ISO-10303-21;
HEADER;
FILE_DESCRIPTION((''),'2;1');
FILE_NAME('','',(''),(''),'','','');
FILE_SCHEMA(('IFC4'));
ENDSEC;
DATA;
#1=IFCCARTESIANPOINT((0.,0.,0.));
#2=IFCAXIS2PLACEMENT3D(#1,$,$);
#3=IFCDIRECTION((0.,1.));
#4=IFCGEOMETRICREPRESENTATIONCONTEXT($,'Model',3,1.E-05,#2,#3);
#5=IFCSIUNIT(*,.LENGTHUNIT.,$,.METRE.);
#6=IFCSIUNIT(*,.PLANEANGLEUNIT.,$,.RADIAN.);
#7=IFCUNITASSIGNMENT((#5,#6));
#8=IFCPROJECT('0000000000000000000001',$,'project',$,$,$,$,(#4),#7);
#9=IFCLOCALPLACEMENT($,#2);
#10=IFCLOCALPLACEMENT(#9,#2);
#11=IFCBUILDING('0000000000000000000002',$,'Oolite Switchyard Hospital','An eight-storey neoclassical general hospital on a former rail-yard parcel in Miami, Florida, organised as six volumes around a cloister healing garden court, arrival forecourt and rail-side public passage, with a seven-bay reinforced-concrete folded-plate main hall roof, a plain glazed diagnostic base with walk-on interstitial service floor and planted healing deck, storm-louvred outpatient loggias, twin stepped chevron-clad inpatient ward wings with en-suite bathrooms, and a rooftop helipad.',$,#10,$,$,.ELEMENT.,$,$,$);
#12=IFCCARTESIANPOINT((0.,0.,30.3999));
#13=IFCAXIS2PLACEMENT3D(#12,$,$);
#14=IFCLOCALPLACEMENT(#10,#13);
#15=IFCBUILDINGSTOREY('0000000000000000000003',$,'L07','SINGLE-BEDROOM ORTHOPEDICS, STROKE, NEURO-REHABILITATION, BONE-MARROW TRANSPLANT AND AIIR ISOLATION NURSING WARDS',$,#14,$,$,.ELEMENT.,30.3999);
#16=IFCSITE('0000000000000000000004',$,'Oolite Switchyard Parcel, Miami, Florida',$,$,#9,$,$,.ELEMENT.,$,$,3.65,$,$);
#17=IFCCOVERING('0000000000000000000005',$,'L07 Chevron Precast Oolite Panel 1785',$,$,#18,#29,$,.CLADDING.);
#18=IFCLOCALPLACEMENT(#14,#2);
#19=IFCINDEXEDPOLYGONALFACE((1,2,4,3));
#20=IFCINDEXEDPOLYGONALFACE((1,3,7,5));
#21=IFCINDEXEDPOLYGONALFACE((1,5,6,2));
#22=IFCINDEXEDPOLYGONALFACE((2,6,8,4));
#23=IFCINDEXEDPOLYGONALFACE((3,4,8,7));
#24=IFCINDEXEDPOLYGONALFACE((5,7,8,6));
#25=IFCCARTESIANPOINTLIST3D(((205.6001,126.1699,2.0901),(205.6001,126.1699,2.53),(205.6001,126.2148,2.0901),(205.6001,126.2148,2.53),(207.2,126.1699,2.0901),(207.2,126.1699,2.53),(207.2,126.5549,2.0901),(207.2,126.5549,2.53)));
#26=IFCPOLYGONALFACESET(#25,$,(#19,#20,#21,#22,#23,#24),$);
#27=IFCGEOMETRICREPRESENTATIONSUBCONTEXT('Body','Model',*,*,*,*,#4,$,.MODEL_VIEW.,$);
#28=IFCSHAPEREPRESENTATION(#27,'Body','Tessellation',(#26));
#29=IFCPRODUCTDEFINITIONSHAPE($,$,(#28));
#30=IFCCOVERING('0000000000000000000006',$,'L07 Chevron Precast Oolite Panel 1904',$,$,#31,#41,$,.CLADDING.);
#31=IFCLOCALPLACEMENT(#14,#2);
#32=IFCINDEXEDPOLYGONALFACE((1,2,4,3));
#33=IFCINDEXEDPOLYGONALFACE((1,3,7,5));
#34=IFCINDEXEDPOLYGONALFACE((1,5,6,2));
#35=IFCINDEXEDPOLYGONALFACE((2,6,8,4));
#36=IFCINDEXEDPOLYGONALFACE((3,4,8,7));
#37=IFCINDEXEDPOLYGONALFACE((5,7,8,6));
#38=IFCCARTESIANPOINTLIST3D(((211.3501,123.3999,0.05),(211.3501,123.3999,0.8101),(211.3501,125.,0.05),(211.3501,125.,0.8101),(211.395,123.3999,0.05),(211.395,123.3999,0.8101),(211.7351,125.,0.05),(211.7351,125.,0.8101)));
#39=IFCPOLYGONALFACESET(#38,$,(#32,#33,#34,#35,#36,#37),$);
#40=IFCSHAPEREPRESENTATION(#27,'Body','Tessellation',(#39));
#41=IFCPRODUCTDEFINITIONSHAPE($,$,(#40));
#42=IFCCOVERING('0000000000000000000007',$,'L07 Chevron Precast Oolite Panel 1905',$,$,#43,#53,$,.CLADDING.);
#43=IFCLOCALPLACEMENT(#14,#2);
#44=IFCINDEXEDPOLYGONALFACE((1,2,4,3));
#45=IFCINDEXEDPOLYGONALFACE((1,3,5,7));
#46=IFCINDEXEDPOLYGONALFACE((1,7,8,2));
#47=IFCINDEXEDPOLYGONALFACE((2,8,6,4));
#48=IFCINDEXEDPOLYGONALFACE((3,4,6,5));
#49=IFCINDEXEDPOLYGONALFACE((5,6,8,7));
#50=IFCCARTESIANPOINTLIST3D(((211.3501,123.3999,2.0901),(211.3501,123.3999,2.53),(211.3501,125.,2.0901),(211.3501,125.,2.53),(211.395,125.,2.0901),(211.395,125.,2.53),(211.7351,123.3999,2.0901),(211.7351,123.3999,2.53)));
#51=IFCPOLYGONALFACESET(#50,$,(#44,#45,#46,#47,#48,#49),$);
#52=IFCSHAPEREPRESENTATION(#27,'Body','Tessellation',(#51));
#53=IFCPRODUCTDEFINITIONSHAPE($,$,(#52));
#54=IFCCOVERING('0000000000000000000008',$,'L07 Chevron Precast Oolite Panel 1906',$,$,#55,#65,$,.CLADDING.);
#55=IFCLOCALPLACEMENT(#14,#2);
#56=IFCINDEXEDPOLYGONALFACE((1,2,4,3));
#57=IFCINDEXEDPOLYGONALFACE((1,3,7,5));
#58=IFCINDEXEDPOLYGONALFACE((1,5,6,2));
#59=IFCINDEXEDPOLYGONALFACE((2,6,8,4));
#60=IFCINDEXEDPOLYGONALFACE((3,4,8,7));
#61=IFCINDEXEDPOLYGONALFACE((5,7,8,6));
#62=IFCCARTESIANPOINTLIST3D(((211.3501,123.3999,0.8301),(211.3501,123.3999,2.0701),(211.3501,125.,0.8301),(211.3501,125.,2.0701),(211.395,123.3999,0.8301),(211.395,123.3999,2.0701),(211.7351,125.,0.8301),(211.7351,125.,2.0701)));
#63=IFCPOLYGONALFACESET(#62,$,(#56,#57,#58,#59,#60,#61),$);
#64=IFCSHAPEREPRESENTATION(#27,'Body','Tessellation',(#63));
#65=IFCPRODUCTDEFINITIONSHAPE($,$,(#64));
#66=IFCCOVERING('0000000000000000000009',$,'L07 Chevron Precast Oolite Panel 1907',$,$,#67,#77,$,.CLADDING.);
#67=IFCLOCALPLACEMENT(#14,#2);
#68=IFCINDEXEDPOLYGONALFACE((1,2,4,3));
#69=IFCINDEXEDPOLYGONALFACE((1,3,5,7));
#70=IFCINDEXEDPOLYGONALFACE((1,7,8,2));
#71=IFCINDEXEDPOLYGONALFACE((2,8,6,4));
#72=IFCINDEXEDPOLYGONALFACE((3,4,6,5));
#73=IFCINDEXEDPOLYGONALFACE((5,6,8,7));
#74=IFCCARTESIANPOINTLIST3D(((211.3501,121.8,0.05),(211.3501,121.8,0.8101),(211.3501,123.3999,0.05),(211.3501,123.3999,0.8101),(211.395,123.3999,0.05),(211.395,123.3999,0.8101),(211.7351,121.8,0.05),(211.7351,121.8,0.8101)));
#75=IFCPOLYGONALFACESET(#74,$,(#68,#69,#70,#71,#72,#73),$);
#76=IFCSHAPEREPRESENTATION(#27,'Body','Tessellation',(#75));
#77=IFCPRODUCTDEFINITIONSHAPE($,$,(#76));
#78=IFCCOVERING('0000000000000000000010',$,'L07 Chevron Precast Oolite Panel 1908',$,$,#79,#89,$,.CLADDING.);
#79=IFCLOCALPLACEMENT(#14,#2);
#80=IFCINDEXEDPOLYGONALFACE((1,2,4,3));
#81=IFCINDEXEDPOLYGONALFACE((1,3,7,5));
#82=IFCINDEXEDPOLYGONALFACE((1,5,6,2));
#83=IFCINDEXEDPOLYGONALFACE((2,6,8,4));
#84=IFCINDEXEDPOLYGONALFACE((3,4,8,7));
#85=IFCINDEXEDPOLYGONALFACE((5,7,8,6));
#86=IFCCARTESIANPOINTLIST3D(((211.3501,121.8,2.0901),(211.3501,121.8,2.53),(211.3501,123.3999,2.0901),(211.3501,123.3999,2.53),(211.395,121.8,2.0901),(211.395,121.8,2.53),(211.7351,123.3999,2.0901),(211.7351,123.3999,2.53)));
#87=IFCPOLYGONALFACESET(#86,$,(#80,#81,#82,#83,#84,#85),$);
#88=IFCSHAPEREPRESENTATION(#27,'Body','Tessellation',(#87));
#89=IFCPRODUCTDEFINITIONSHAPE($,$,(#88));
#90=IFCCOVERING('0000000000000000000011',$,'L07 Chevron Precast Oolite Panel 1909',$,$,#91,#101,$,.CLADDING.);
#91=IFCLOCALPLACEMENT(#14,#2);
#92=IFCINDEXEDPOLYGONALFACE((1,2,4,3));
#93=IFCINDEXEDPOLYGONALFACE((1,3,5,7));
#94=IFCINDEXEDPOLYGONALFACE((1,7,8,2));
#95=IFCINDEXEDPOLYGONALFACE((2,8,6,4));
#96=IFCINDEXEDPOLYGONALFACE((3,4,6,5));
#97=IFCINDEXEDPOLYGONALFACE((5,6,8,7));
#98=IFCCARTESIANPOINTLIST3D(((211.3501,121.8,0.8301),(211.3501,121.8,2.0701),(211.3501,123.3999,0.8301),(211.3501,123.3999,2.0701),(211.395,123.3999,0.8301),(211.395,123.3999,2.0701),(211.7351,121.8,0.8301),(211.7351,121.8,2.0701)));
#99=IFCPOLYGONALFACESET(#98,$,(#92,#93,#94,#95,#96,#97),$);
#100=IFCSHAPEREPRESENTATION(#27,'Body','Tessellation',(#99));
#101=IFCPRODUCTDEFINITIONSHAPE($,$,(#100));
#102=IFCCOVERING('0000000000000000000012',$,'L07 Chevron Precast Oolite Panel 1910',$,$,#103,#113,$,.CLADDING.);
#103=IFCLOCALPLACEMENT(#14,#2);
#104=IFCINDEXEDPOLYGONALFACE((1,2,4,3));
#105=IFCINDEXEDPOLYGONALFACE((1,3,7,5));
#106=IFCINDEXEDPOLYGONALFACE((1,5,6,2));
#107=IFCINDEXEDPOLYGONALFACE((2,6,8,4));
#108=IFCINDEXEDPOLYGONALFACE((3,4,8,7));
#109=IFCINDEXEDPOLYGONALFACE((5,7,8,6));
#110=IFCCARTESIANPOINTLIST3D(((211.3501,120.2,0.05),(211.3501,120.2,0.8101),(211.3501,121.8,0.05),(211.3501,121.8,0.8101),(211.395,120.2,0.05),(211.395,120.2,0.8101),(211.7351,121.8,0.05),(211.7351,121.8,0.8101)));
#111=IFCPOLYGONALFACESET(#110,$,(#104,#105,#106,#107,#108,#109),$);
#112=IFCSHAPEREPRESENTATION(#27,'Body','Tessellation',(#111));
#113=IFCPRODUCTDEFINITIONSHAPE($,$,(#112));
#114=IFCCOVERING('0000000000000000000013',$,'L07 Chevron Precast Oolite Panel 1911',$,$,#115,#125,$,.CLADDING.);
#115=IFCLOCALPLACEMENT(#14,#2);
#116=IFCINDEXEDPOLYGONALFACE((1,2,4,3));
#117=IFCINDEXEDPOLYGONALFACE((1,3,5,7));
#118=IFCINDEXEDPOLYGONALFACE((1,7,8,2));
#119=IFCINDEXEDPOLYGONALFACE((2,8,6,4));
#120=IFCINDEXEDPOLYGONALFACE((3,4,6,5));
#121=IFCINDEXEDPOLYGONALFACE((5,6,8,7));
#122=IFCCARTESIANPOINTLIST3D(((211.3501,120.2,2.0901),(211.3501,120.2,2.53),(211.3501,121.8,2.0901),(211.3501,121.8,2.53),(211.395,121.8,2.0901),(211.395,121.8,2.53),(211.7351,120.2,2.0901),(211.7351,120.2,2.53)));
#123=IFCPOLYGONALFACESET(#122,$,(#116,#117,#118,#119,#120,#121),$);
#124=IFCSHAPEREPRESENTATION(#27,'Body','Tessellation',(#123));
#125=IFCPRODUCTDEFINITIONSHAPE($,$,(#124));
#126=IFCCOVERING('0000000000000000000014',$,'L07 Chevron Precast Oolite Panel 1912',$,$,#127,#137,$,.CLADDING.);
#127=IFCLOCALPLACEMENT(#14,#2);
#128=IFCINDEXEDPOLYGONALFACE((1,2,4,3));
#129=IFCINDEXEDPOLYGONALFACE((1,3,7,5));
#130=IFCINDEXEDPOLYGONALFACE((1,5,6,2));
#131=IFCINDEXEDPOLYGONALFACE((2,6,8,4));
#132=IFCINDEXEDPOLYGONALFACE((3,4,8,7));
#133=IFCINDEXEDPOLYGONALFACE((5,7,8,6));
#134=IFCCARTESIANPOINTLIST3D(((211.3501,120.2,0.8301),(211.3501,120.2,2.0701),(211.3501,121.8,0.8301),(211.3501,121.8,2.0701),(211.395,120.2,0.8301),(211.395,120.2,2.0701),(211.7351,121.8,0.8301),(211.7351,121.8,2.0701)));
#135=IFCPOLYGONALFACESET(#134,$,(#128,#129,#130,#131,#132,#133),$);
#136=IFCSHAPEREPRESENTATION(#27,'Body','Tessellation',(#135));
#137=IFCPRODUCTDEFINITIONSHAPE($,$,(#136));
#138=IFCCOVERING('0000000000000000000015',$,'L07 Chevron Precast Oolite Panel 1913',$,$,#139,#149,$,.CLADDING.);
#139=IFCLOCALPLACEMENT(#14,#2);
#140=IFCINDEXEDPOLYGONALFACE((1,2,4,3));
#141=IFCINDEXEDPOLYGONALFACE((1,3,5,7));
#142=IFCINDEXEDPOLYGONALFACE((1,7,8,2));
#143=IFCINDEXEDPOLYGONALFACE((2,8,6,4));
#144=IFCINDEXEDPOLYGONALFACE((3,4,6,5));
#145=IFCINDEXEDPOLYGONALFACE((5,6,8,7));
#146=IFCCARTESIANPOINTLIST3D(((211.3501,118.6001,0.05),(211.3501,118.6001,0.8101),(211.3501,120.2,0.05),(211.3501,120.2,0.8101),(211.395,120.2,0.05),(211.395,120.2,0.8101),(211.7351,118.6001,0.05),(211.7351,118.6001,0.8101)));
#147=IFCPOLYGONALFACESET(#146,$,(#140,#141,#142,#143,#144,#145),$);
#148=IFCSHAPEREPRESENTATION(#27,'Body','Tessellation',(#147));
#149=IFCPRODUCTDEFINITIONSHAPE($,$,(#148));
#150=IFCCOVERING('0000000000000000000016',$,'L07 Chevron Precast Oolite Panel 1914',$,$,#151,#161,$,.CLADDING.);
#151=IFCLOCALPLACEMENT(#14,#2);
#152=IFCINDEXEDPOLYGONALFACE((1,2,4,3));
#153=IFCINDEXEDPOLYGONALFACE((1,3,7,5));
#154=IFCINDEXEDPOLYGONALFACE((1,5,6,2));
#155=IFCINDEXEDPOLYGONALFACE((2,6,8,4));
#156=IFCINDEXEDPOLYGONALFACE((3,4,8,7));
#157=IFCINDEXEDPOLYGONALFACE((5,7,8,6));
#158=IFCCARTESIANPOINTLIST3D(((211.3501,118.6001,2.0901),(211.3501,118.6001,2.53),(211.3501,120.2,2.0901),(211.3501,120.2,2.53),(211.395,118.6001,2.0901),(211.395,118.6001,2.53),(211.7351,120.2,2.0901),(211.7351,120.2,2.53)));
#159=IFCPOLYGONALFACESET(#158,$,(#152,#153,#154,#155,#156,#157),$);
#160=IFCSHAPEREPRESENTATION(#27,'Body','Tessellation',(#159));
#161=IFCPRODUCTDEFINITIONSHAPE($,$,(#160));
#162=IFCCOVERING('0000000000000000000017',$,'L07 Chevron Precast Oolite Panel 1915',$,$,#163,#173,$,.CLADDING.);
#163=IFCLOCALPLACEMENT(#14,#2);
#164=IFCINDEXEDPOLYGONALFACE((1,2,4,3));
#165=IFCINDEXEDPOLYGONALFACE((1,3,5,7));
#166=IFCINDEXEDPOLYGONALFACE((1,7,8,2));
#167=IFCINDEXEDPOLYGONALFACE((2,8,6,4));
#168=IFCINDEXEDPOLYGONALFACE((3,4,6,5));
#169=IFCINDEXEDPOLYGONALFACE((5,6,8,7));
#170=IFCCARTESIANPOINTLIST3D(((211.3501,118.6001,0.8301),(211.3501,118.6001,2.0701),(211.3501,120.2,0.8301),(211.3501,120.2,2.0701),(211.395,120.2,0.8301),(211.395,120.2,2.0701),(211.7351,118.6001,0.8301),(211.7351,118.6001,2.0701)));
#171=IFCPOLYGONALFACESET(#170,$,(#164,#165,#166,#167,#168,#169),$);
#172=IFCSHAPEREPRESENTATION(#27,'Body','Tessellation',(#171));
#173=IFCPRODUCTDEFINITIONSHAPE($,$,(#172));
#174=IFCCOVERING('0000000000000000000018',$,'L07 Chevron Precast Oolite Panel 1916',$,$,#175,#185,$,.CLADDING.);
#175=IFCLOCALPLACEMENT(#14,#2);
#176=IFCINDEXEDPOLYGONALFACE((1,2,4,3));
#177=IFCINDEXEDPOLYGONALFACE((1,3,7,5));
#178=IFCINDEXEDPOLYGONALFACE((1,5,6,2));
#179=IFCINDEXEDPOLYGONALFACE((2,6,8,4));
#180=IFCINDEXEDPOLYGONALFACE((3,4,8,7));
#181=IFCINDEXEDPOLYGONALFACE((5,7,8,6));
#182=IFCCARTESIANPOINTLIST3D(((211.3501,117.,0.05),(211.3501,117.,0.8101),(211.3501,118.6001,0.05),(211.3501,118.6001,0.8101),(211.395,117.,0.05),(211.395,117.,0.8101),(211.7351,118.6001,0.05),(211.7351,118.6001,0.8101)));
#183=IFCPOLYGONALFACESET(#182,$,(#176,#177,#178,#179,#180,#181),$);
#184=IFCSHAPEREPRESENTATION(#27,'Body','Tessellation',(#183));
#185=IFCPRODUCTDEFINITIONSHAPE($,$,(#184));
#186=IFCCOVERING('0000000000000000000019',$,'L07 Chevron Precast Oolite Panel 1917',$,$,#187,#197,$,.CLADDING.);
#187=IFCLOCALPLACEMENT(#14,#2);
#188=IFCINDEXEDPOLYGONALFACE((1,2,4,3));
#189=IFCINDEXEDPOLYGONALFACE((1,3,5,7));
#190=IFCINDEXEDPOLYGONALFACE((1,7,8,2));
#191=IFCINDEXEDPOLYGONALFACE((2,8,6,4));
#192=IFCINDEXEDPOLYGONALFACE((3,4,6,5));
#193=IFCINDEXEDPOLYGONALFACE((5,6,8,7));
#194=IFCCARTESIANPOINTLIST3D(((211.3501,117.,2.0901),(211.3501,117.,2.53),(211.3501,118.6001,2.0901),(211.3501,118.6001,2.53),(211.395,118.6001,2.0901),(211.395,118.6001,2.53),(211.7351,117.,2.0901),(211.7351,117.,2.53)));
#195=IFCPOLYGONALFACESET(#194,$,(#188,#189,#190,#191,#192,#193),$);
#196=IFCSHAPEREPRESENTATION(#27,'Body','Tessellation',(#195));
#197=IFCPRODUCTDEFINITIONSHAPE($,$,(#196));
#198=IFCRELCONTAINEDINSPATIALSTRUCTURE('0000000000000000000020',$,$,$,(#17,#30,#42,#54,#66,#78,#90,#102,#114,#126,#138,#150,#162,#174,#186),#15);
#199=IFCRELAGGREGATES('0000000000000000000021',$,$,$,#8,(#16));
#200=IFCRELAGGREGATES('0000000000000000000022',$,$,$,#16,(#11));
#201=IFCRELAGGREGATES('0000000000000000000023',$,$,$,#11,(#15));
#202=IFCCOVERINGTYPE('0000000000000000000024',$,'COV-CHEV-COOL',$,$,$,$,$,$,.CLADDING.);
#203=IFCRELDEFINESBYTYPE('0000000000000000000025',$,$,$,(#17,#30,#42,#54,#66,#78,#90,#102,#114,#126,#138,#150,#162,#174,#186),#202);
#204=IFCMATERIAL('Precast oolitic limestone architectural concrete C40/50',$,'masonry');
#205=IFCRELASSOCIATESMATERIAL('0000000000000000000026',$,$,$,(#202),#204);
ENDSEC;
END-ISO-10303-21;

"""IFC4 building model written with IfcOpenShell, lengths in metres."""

from ifc_helpers import new_model, si_unit, direction, frame, origin, place, context, subcontext, project, spatial, polyline, outline, extrude, material, type_object, element, save


model = new_model("IFC4")

# Units and contexts
model_context = context("Model", 3, precision=1e-05, world=origin(), true_north=direction((0.0, 1.0)))
body_context = subcontext(model_context, "Body", "Model", "MODEL_VIEW")
ifc_project = project(units=[si_unit("LENGTHUNIT", "METRE"), si_unit("PLANEANGLEUNIT", "RADIAN")], contexts=[model_context])

# Site, building, storey
site_placement = place(None, origin())
site = spatial("IfcSite", under=ifc_project, at=site_placement, Name="Oolite Switchyard Parcel, Miami, Florida", CompositionType="ELEMENT", RefElevation=3.65)
building_placement = place(site_placement, origin())
building = spatial("IfcBuilding", under=site, at=building_placement, Name="Oolite Switchyard Hospital", Description="An eight-storey neoclassical general hospital on a former rail-yard parcel in Miami, Florida, organised as six volumes around a cloister healing garden court, arrival forecourt and rail-side public passage, with a seven-bay reinforced-concrete folded-plate main hall roof, a plain glazed diagnostic base with walk-on interstitial service floor and planted healing deck, storm-louvred outpatient loggias, twin stepped chevron-clad inpatient ward wings with en-suite bathrooms, and a rooftop helipad.", CompositionType="ELEMENT")
storey_placement = place(building_placement, frame((0.0, 0.0, 30.3999)))
storey = spatial("IfcBuildingStorey", under=building, at=storey_placement, Name="L07", Description="SINGLE-BEDROOM ORTHOPEDICS, STROKE, NEURO-REHABILITATION, BONE-MARROW TRANSPLANT AND AIIR ISOLATION NURSING WARDS", CompositionType="ELEMENT", Elevation=30.3999)

# Shared definitions
ifc_material_1 = material(Name="Precast oolitic limestone architectural concrete C40/50", Category="masonry")

# Coverings
covering_type = type_object("IfcCoveringType", Name="COV-CHEV-COOL", PredefinedType="CLADDING", material=ifc_material_1)
covering_1_placement = place(storey_placement, frame((205.6001, 126.1699, 2.0901), z_axis=(0.0, 0.0, 1.0), x_axis=(1.0, 0.0, 0.0)))
element("IfcCovering", 1, at=covering_1_placement, inside=storey, type_object=covering_type, Name="L07 Chevron Precast Oolite Panel 1785", PredefinedType="CLADDING", context=body_context, shape_type="SweptSolid", body=[
    extrude(outline(polyline([(0.0, 0.0), (1.5999, 0.0), (1.5999, 0.385), (0.0, 0.0449), (0.0, 0.0)])), origin(), (0.0, 0.0, 1.0), 0.4399),
])
covering_2_placement = place(storey_placement, frame((211.3501, 125.0, 0.05), z_axis=(0.0, 0.0, 1.0), x_axis=(0.0, -1.0, 0.0)))
element("IfcCovering", 2, at=covering_2_placement, inside=storey, type_object=covering_type, Name="L07 Chevron Precast Oolite Panel 1904", PredefinedType="CLADDING", context=body_context, shape_type="SweptSolid", body=[
    extrude(outline(polyline([(0.0, 0.0), (1.6001, 0.0), (1.6001, 0.0449), (0.0, 0.385), (0.0, 0.0)])), origin(), (0.0, 0.0, 1.0), 0.76),
])
covering_3_placement = place(storey_placement, frame((211.3501, 125.0, 2.0901), z_axis=(0.0, 0.0, 1.0), x_axis=(0.0, -1.0, 0.0)))
element("IfcCovering", 3, at=covering_3_placement, inside=storey, type_object=covering_type, Name="L07 Chevron Precast Oolite Panel 1905", PredefinedType="CLADDING", context=body_context, shape_type="SweptSolid", body=[
    extrude(outline(polyline([(0.0, 0.0), (1.6001, 0.0), (1.6001, 0.385), (0.0, 0.0449), (0.0, 0.0)])), origin(), (0.0, 0.0, 1.0), 0.4399),
])
covering_4_placement = place(storey_placement, frame((211.3501, 125.0, 0.8301), z_axis=(0.0, 0.0, 1.0), x_axis=(0.0, -1.0, 0.0)))
element("IfcCovering", 4, at=covering_4_placement, inside=storey, type_object=covering_type, Name="L07 Chevron Precast Oolite Panel 1906", PredefinedType="CLADDING", context=body_context, shape_type="SweptSolid", body=[
    extrude(outline(polyline([(0.0, 0.0), (1.6001, 0.0), (1.6001, 0.0449), (0.0, 0.385), (0.0, 0.0)])), origin(), (0.0, 0.0, 1.0), 1.24),
])
covering_5_placement = place(storey_placement, frame((211.3501, 123.3999, 0.05), z_axis=(0.0, 0.0, 1.0), x_axis=(0.0, -1.0, 0.0)))
element("IfcCovering", 5, at=covering_5_placement, inside=storey, type_object=covering_type, Name="L07 Chevron Precast Oolite Panel 1907", PredefinedType="CLADDING", context=body_context, shape_type="SweptSolid", body=[
    extrude(outline(polyline([(0.0, 0.0), (1.5999, 0.0), (1.5999, 0.385), (0.0, 0.0449), (0.0, 0.0)])), origin(), (0.0, 0.0, 1.0), 0.76),
])
covering_6_placement = place(storey_placement, frame((211.3501, 123.3999, 2.0901), z_axis=(0.0, 0.0, 1.0), x_axis=(0.0, -1.0, 0.0)))
element("IfcCovering", 6, at=covering_6_placement, inside=storey, type_object=covering_type, Name="L07 Chevron Precast Oolite Panel 1908", PredefinedType="CLADDING", context=body_context, shape_type="SweptSolid", body=[
    extrude(outline(polyline([(0.0, 0.0), (1.5999, 0.0), (1.5999, 0.0449), (0.0, 0.385), (0.0, 0.0)])), origin(), (0.0, 0.0, 1.0), 0.4399),
])
covering_7_placement = place(storey_placement, frame((211.3501, 123.3999, 0.8301), z_axis=(0.0, 0.0, 1.0), x_axis=(0.0, -1.0, 0.0)))
element("IfcCovering", 7, at=covering_7_placement, inside=storey, type_object=covering_type, Name="L07 Chevron Precast Oolite Panel 1909", PredefinedType="CLADDING", context=body_context, shape_type="SweptSolid", body=[
    extrude(outline(polyline([(0.0, 0.0), (1.5999, 0.0), (1.5999, 0.385), (0.0, 0.0449), (0.0, 0.0)])), origin(), (0.0, 0.0, 1.0), 1.24),
])
covering_8_placement = place(storey_placement, frame((211.3501, 121.8, 0.05), z_axis=(0.0, 0.0, 1.0), x_axis=(0.0, -1.0, 0.0)))
element("IfcCovering", 8, at=covering_8_placement, inside=storey, type_object=covering_type, Name="L07 Chevron Precast Oolite Panel 1910", PredefinedType="CLADDING", context=body_context, shape_type="SweptSolid", body=[
    extrude(outline(polyline([(0.0, 0.0), (1.6001, 0.0), (1.6001, 0.0449), (0.0, 0.385), (0.0, 0.0)])), origin(), (0.0, 0.0, 1.0), 0.76),
])
covering_9_placement = place(storey_placement, frame((211.3501, 121.8, 2.0901), z_axis=(0.0, 0.0, 1.0), x_axis=(0.0, -1.0, 0.0)))
element("IfcCovering", 9, at=covering_9_placement, inside=storey, type_object=covering_type, Name="L07 Chevron Precast Oolite Panel 1911", PredefinedType="CLADDING", context=body_context, shape_type="SweptSolid", body=[
    extrude(outline(polyline([(0.0, 0.0), (1.6001, 0.0), (1.6001, 0.385), (0.0, 0.0449), (0.0, 0.0)])), origin(), (0.0, 0.0, 1.0), 0.4399),
])
covering_10_placement = place(storey_placement, frame((211.3501, 121.8, 0.8301), z_axis=(0.0, 0.0, 1.0), x_axis=(0.0, -1.0, 0.0)))
element("IfcCovering", 10, at=covering_10_placement, inside=storey, type_object=covering_type, Name="L07 Chevron Precast Oolite Panel 1912", PredefinedType="CLADDING", context=body_context, shape_type="SweptSolid", body=[
    extrude(outline(polyline([(0.0, 0.0), (1.6001, 0.0), (1.6001, 0.0449), (0.0, 0.385), (0.0, 0.0)])), origin(), (0.0, 0.0, 1.0), 1.24),
])
covering_11_placement = place(storey_placement, frame((211.3501, 120.2, 0.05), z_axis=(0.0, 0.0, 1.0), x_axis=(0.0, -1.0, 0.0)))
element("IfcCovering", 11, at=covering_11_placement, inside=storey, type_object=covering_type, Name="L07 Chevron Precast Oolite Panel 1913", PredefinedType="CLADDING", context=body_context, shape_type="SweptSolid", body=[
    extrude(outline(polyline([(0.0, 0.0), (1.5999, 0.0), (1.5999, 0.385), (0.0, 0.0449), (0.0, 0.0)])), origin(), (0.0, 0.0, 1.0), 0.76),
])
covering_12_placement = place(storey_placement, frame((211.3501, 120.2, 2.0901), z_axis=(0.0, 0.0, 1.0), x_axis=(0.0, -1.0, 0.0)))
element("IfcCovering", 12, at=covering_12_placement, inside=storey, type_object=covering_type, Name="L07 Chevron Precast Oolite Panel 1914", PredefinedType="CLADDING", context=body_context, shape_type="SweptSolid", body=[
    extrude(outline(polyline([(0.0, 0.0), (1.5999, 0.0), (1.5999, 0.0449), (0.0, 0.385), (0.0, 0.0)])), origin(), (0.0, 0.0, 1.0), 0.4399),
])
covering_13_placement = place(storey_placement, frame((211.3501, 120.2, 0.8301), z_axis=(0.0, 0.0, 1.0), x_axis=(0.0, -1.0, 0.0)))
element("IfcCovering", 13, at=covering_13_placement, inside=storey, type_object=covering_type, Name="L07 Chevron Precast Oolite Panel 1915", PredefinedType="CLADDING", context=body_context, shape_type="SweptSolid", body=[
    extrude(outline(polyline([(0.0, 0.0), (1.5999, 0.0), (1.5999, 0.385), (0.0, 0.0449), (0.0, 0.0)])), origin(), (0.0, 0.0, 1.0), 1.24),
])
covering_14_placement = place(storey_placement, frame((211.3501, 118.6001, 0.05), z_axis=(0.0, 0.0, 1.0), x_axis=(0.0, -1.0, 0.0)))
element("IfcCovering", 14, at=covering_14_placement, inside=storey, type_object=covering_type, Name="L07 Chevron Precast Oolite Panel 1916", PredefinedType="CLADDING", context=body_context, shape_type="SweptSolid", body=[
    extrude(outline(polyline([(0.0, 0.0), (1.6001, 0.0), (1.6001, 0.0449), (0.0, 0.385), (0.0, 0.0)])), origin(), (0.0, 0.0, 1.0), 0.76),
])
covering_15_placement = place(storey_placement, frame((211.3501, 118.6001, 2.0901), z_axis=(0.0, 0.0, 1.0), x_axis=(0.0, -1.0, 0.0)))
element("IfcCovering", 15, at=covering_15_placement, inside=storey, type_object=covering_type, Name="L07 Chevron Precast Oolite Panel 1917", PredefinedType="CLADDING", context=body_context, shape_type="SweptSolid", body=[
    extrude(outline(polyline([(0.0, 0.0), (1.6001, 0.0), (1.6001, 0.385), (0.0, 0.0449), (0.0, 0.0)])), origin(), (0.0, 0.0, 1.0), 0.4399),
])

save(model, "model.ifc")
